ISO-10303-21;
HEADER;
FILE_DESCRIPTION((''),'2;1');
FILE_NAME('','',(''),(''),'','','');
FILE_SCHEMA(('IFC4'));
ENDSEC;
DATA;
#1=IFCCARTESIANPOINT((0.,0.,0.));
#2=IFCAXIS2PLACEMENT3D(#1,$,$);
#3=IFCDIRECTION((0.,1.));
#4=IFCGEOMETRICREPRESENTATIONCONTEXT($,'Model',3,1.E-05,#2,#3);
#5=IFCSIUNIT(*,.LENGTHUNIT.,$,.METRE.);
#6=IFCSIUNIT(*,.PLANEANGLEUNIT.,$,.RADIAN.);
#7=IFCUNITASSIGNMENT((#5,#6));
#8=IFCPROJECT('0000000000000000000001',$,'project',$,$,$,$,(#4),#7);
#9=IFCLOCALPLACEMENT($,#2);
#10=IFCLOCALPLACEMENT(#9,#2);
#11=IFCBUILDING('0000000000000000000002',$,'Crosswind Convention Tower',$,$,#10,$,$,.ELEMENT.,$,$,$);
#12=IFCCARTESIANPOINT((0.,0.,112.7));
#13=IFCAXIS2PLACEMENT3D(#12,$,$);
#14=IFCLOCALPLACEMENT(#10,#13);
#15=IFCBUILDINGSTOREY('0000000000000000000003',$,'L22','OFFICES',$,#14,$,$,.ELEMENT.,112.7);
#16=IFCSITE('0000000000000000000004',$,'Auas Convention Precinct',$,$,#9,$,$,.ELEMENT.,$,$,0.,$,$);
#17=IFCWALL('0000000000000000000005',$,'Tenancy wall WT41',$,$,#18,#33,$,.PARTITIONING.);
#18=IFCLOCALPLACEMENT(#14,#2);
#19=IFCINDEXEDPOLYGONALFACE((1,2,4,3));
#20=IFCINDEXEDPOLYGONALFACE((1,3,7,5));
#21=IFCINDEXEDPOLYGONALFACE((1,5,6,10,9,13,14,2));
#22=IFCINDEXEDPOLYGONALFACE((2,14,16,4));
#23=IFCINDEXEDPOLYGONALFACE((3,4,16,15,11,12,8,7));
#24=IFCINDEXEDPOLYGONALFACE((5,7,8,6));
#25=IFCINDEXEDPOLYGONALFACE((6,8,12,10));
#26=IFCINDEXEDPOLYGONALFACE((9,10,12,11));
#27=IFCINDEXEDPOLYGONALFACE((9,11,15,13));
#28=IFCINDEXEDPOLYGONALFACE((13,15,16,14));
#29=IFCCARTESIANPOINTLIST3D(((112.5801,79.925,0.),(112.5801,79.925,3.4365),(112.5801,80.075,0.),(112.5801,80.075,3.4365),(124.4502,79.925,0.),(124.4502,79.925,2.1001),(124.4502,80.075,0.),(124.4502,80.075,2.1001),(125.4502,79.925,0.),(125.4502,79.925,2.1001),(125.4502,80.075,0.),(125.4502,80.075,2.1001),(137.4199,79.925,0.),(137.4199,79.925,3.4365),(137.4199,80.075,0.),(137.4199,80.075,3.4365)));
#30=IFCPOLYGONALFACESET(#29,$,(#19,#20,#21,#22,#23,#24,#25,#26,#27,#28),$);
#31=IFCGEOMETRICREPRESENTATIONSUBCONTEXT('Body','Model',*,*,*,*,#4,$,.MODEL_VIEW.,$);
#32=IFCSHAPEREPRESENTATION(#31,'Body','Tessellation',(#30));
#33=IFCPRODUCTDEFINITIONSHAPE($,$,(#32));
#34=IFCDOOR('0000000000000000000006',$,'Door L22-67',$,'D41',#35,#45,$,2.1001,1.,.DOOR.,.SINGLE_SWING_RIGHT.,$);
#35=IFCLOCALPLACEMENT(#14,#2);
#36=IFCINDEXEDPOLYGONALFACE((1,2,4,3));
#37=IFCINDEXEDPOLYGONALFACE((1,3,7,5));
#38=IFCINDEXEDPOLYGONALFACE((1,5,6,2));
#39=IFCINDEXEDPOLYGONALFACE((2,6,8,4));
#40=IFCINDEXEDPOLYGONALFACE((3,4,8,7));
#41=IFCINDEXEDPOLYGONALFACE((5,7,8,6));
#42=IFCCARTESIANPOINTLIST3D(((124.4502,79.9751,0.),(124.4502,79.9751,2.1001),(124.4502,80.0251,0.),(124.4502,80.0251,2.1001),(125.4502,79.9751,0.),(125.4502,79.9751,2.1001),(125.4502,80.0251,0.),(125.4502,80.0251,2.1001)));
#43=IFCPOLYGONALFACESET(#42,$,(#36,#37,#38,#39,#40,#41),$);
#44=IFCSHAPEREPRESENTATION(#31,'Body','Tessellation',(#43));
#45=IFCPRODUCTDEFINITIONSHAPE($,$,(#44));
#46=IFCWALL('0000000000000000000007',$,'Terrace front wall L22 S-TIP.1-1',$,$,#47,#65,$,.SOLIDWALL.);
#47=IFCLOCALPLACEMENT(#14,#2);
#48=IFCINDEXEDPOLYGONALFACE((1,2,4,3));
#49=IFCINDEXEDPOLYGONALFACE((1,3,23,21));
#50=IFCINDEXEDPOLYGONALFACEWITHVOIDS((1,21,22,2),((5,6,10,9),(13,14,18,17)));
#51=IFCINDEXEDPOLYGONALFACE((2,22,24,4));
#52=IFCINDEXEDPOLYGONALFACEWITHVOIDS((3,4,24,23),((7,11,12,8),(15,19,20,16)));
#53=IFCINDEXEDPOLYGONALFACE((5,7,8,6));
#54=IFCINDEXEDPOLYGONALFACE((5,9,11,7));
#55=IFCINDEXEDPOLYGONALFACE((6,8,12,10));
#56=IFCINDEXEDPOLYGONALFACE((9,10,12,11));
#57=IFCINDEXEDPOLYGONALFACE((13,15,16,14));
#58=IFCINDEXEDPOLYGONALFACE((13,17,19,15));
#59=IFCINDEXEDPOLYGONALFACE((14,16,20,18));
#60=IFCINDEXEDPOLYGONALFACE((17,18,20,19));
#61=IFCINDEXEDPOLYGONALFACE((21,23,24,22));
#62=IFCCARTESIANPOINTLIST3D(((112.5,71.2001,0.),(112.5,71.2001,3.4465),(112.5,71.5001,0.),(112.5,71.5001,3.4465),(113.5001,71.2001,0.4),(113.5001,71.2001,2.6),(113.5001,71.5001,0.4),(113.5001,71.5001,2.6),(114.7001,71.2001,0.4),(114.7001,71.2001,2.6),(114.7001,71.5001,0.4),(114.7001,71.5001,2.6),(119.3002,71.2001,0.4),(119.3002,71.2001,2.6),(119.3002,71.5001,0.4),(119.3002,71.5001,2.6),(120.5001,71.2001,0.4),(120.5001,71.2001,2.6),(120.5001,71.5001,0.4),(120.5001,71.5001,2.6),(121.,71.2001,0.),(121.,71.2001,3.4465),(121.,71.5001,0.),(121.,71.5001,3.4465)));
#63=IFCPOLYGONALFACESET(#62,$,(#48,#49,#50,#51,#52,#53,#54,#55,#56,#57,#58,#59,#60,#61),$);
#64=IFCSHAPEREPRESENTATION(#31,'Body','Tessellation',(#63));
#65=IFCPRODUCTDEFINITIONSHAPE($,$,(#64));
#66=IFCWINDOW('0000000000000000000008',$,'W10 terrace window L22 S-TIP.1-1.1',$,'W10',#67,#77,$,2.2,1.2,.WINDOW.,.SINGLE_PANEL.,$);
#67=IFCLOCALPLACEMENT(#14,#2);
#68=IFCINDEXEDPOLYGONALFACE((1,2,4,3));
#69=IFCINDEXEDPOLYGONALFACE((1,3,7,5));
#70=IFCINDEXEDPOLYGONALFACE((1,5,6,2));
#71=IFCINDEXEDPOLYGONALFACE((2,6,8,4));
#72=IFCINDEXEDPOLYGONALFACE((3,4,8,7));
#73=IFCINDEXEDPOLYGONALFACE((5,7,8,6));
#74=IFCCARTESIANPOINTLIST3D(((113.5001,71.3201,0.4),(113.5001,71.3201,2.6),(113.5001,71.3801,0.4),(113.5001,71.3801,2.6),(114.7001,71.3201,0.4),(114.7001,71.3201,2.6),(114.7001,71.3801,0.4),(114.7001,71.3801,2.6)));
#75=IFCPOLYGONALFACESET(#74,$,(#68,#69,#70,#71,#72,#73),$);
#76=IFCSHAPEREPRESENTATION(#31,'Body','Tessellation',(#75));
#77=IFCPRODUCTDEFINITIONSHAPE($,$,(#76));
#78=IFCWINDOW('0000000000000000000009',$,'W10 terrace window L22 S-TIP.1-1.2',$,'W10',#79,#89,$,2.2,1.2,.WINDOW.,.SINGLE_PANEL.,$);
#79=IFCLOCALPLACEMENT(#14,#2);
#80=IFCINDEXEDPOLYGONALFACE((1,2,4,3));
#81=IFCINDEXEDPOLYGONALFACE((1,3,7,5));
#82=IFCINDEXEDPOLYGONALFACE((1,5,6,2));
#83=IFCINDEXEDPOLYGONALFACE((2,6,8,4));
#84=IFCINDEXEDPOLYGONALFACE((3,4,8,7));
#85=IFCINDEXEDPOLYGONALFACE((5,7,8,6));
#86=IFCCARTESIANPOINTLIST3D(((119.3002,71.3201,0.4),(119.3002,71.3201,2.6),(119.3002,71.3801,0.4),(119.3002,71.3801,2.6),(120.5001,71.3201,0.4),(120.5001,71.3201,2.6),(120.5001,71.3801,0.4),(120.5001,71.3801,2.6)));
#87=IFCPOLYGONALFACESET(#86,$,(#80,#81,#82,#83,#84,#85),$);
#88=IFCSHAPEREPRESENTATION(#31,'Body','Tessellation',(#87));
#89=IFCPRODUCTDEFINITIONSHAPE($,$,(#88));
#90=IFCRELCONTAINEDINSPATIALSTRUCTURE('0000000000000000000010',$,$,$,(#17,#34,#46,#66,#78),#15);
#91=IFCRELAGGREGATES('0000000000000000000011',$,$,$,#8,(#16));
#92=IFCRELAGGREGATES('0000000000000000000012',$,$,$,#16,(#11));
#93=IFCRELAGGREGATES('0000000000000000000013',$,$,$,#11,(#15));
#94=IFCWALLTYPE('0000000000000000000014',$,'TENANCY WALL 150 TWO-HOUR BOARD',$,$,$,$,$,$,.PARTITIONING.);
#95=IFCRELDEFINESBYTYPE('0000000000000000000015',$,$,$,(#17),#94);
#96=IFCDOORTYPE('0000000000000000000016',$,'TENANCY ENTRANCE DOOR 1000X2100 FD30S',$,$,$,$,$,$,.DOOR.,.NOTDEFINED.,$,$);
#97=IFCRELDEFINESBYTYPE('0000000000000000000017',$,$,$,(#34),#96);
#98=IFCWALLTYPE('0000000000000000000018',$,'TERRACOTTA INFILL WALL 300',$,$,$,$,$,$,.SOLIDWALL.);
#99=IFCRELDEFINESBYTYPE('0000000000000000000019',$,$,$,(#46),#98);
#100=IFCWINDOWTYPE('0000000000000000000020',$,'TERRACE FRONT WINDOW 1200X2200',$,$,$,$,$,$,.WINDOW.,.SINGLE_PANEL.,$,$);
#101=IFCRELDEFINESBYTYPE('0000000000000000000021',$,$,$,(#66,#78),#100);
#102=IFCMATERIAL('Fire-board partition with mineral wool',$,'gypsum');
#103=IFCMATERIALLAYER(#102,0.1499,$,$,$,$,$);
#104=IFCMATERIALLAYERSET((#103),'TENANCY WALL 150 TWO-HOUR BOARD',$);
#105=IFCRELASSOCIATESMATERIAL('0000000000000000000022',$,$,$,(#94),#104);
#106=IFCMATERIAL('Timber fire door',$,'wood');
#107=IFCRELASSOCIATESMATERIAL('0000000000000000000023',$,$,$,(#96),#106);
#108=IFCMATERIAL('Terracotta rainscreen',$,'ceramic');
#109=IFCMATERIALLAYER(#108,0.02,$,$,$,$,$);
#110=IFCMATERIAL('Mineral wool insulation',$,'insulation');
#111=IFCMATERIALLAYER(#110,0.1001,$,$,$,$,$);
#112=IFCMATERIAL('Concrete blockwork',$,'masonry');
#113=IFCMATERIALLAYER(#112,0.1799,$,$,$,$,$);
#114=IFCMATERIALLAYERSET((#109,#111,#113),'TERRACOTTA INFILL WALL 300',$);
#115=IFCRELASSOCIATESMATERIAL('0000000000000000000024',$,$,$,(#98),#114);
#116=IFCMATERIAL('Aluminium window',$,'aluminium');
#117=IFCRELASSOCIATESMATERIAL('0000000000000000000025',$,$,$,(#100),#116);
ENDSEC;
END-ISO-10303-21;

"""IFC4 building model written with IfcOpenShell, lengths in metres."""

from ifc_helpers import new_model, si_unit, direction, frame, frame_2d, origin, place, context, subcontext, project, spatial, rectangle, extrude, material, layer, layer_set, type_object, element, fill, save


model = new_model("IFC4")

# Units and contexts
model_context = context("Model", 3, precision=1e-05, world=origin(), true_north=direction((0.0, 1.0)))
body_context = subcontext(model_context, "Body", "Model", "MODEL_VIEW")
ifc_project = project(units=[si_unit("LENGTHUNIT", "METRE"), si_unit("PLANEANGLEUNIT", "RADIAN")], contexts=[model_context])

# Site, building, storey
site_placement = place(None, origin())
site = spatial("IfcSite", under=ifc_project, at=site_placement, Name="Auas Convention Precinct", CompositionType="ELEMENT", RefElevation=0.0)
building_placement = place(site_placement, origin())
building = spatial("IfcBuilding", under=site, at=building_placement, Name="Crosswind Convention Tower", CompositionType="ELEMENT")
storey_placement = place(building_placement, frame((0.0, 0.0, 112.7)))
storey = spatial("IfcBuildingStorey", under=building, at=storey_placement, Name="L22", Description="OFFICES", CompositionType="ELEMENT", Elevation=112.7)

# Wall, opening, door
ifc_material_1 = material(Name="Fire-board partition with mineral wool", Category="gypsum")
ifc_layer_1 = layer(ifc_material_1, 0.1499)
ifc_layer_set_1 = layer_set([ifc_layer_1], Name="TENANCY WALL 150 TWO-HOUR BOARD")
wall_type_1 = type_object("IfcWallType", Name="TENANCY WALL 150 TWO-HOUR BOARD", PredefinedType="PARTITIONING", material=ifc_layer_set_1)
wall_1_placement = place(storey_placement, frame((112.5801, 80.0, 0.0), z_axis=(0.0, 0.0, 1.0), x_axis=(1.0, 0.0, 0.0)))
wall_1 = element("IfcWall", 1, at=wall_1_placement, inside=storey, type_object=wall_type_1, Name="Tenancy wall WT41", PredefinedType="PARTITIONING", context=body_context, shape_type="SweptSolid", body=[
    extrude(rectangle(XDim=24.8398, YDim=0.1499, at=frame_2d((12.4199, 0.0))), origin(), (0.0, 0.0, 1.0), 3.4365),
])
opening_1_placement = place(wall_1_placement, frame((11.8701, 0.0, 0.0)))
opening_1 = element("IfcOpeningElement", 2, at=opening_1_placement, cuts=wall_1, PredefinedType="OPENING", context=body_context, shape_type="SweptSolid", body=[
    extrude(rectangle(XDim=1.0, YDim=2.1001, at=frame_2d((0.5, 1.05))), frame((0.0, 0.085, 0.0), z_axis=(0.0, -1.0, 0.0), x_axis=(1.0, 0.0, 0.0)), (0.0, 0.0, 1.0), 0.1699),
])
ifc_material_2 = material(Name="Timber fire door", Category="wood")
door_type_1 = type_object("IfcDoorType", Name="TENANCY ENTRANCE DOOR 1000X2100 FD30S", OperationType="NOTDEFINED", PredefinedType="DOOR", material=ifc_material_2)
door_1_placement = place(opening_1_placement, frame((1.0, 0.0, 0.0), z_axis=(0.0, 0.0, 1.0), x_axis=(-1.0, 0.0, 0.0)))
door_1 = element("IfcDoor", 3, at=door_1_placement, inside=storey, type_object=door_type_1, Name="Door L22-67", ObjectType="D41", OperationType="SINGLE_SWING_RIGHT", OverallHeight=2.1001, OverallWidth=1.0, PredefinedType="DOOR", context=body_context, shape_type="SweptSolid", body=[
    extrude(rectangle(XDim=1.0, YDim=2.1001, at=frame_2d((0.5, 1.05))), frame((0.0, 0.0249, 0.0), z_axis=(0.0, -1.0, 0.0), x_axis=(1.0, 0.0, 0.0)), (0.0, 0.0, 1.0), 0.05),
])
fill(opening_1, door_1)

# Wall, openings, windows
ifc_material_3 = material(Name="Terracotta rainscreen", Category="ceramic")
ifc_layer_2 = layer(ifc_material_3, 0.02)
ifc_material_4 = material(Name="Mineral wool insulation", Category="insulation")
ifc_layer_3 = layer(ifc_material_4, 0.1001)
ifc_material_5 = material(Name="Concrete blockwork", Category="masonry")
ifc_layer_4 = layer(ifc_material_5, 0.1799)
ifc_layer_set_2 = layer_set([ifc_layer_2, ifc_layer_3, ifc_layer_4], Name="TERRACOTTA INFILL WALL 300")
wall_type_2 = type_object("IfcWallType", Name="TERRACOTTA INFILL WALL 300", PredefinedType="SOLIDWALL", material=ifc_layer_set_2)
wall_2_placement = place(storey_placement, frame((112.5, 71.3501, 0.0), z_axis=(0.0, 0.0, 1.0), x_axis=(1.0, 0.0, 0.0)))
wall_2 = element("IfcWall", 4, at=wall_2_placement, inside=storey, type_object=wall_type_2, Name="Terrace front wall L22 S-TIP.1-1", PredefinedType="SOLIDWALL", context=body_context, shape_type="SweptSolid", body=[
    extrude(rectangle(XDim=8.5, YDim=0.3, at=frame_2d((4.25, 0.0))), origin(), (0.0, 0.0, 1.0), 3.4465),
])
opening_2_placement = place(wall_2_placement, frame((1.0, 0.0, 0.3999)))
opening_2 = element("IfcOpeningElement", 5, at=opening_2_placement, cuts=wall_2, PredefinedType="OPENING", context=body_context, shape_type="SweptSolid", body=[
    extrude(rectangle(XDim=1.2, YDim=2.2, at=frame_2d((0.6001, 1.1001))), frame((0.0, 0.1599, 0.0), z_axis=(0.0, -1.0, 0.0), x_axis=(1.0, 0.0, 0.0)), (0.0, 0.0, 1.0), 0.3201),
])
opening_3_placement = place(wall_2_placement, frame((6.8, 0.0, 0.3999)))
opening_3 = element("IfcOpeningElement", 6, at=opening_3_placement, cuts=wall_2, PredefinedType="OPENING", context=body_context, shape_type="SweptSolid", body=[
    extrude(rectangle(XDim=1.2, YDim=2.2, at=frame_2d((0.6001, 1.1001))), frame((0.0, 0.1599, 0.0), z_axis=(0.0, -1.0, 0.0), x_axis=(1.0, 0.0, 0.0)), (0.0, 0.0, 1.0), 0.3201),
])
ifc_material_6 = material(Name="Aluminium window", Category="aluminium")
window_type = type_object("IfcWindowType", Name="TERRACE FRONT WINDOW 1200X2200", PartitioningType="SINGLE_PANEL", PredefinedType="WINDOW", material=ifc_material_6)
window_1_placement = place(opening_2_placement, origin())
window_1 = element("IfcWindow", 7, at=window_1_placement, inside=storey, type_object=window_type, Name="W10 terrace window L22 S-TIP.1-1.1", ObjectType="W10", OverallHeight=2.2, OverallWidth=1.2, PartitioningType="SINGLE_PANEL", PredefinedType="WINDOW", context=body_context, shape_type="SweptSolid", body=[
    extrude(rectangle(XDim=1.2, YDim=2.2, at=frame_2d((0.6001, 1.1001))), frame((0.0, 0.03, 0.0), z_axis=(0.0, -1.0, 0.0), x_axis=(1.0, 0.0, 0.0)), (0.0, 0.0, 1.0), 0.0601),
])
fill(opening_2, window_1)
window_2_placement = place(opening_3_placement, origin())
window_2 = element("IfcWindow", 8, at=window_2_placement, inside=storey, type_object=window_type, Name="W10 terrace window L22 S-TIP.1-1.2", ObjectType="W10", OverallHeight=2.2, OverallWidth=1.2, PartitioningType="SINGLE_PANEL", PredefinedType="WINDOW", context=body_context, shape_type="SweptSolid", body=[
    extrude(rectangle(XDim=1.2, YDim=2.2, at=frame_2d((0.6001, 1.1001))), frame((0.0, 0.03, 0.0), z_axis=(0.0, -1.0, 0.0), x_axis=(1.0, 0.0, 0.0)), (0.0, 0.0, 1.0), 0.0601),
])
fill(opening_3, window_2)

save(model, "model.ifc")
